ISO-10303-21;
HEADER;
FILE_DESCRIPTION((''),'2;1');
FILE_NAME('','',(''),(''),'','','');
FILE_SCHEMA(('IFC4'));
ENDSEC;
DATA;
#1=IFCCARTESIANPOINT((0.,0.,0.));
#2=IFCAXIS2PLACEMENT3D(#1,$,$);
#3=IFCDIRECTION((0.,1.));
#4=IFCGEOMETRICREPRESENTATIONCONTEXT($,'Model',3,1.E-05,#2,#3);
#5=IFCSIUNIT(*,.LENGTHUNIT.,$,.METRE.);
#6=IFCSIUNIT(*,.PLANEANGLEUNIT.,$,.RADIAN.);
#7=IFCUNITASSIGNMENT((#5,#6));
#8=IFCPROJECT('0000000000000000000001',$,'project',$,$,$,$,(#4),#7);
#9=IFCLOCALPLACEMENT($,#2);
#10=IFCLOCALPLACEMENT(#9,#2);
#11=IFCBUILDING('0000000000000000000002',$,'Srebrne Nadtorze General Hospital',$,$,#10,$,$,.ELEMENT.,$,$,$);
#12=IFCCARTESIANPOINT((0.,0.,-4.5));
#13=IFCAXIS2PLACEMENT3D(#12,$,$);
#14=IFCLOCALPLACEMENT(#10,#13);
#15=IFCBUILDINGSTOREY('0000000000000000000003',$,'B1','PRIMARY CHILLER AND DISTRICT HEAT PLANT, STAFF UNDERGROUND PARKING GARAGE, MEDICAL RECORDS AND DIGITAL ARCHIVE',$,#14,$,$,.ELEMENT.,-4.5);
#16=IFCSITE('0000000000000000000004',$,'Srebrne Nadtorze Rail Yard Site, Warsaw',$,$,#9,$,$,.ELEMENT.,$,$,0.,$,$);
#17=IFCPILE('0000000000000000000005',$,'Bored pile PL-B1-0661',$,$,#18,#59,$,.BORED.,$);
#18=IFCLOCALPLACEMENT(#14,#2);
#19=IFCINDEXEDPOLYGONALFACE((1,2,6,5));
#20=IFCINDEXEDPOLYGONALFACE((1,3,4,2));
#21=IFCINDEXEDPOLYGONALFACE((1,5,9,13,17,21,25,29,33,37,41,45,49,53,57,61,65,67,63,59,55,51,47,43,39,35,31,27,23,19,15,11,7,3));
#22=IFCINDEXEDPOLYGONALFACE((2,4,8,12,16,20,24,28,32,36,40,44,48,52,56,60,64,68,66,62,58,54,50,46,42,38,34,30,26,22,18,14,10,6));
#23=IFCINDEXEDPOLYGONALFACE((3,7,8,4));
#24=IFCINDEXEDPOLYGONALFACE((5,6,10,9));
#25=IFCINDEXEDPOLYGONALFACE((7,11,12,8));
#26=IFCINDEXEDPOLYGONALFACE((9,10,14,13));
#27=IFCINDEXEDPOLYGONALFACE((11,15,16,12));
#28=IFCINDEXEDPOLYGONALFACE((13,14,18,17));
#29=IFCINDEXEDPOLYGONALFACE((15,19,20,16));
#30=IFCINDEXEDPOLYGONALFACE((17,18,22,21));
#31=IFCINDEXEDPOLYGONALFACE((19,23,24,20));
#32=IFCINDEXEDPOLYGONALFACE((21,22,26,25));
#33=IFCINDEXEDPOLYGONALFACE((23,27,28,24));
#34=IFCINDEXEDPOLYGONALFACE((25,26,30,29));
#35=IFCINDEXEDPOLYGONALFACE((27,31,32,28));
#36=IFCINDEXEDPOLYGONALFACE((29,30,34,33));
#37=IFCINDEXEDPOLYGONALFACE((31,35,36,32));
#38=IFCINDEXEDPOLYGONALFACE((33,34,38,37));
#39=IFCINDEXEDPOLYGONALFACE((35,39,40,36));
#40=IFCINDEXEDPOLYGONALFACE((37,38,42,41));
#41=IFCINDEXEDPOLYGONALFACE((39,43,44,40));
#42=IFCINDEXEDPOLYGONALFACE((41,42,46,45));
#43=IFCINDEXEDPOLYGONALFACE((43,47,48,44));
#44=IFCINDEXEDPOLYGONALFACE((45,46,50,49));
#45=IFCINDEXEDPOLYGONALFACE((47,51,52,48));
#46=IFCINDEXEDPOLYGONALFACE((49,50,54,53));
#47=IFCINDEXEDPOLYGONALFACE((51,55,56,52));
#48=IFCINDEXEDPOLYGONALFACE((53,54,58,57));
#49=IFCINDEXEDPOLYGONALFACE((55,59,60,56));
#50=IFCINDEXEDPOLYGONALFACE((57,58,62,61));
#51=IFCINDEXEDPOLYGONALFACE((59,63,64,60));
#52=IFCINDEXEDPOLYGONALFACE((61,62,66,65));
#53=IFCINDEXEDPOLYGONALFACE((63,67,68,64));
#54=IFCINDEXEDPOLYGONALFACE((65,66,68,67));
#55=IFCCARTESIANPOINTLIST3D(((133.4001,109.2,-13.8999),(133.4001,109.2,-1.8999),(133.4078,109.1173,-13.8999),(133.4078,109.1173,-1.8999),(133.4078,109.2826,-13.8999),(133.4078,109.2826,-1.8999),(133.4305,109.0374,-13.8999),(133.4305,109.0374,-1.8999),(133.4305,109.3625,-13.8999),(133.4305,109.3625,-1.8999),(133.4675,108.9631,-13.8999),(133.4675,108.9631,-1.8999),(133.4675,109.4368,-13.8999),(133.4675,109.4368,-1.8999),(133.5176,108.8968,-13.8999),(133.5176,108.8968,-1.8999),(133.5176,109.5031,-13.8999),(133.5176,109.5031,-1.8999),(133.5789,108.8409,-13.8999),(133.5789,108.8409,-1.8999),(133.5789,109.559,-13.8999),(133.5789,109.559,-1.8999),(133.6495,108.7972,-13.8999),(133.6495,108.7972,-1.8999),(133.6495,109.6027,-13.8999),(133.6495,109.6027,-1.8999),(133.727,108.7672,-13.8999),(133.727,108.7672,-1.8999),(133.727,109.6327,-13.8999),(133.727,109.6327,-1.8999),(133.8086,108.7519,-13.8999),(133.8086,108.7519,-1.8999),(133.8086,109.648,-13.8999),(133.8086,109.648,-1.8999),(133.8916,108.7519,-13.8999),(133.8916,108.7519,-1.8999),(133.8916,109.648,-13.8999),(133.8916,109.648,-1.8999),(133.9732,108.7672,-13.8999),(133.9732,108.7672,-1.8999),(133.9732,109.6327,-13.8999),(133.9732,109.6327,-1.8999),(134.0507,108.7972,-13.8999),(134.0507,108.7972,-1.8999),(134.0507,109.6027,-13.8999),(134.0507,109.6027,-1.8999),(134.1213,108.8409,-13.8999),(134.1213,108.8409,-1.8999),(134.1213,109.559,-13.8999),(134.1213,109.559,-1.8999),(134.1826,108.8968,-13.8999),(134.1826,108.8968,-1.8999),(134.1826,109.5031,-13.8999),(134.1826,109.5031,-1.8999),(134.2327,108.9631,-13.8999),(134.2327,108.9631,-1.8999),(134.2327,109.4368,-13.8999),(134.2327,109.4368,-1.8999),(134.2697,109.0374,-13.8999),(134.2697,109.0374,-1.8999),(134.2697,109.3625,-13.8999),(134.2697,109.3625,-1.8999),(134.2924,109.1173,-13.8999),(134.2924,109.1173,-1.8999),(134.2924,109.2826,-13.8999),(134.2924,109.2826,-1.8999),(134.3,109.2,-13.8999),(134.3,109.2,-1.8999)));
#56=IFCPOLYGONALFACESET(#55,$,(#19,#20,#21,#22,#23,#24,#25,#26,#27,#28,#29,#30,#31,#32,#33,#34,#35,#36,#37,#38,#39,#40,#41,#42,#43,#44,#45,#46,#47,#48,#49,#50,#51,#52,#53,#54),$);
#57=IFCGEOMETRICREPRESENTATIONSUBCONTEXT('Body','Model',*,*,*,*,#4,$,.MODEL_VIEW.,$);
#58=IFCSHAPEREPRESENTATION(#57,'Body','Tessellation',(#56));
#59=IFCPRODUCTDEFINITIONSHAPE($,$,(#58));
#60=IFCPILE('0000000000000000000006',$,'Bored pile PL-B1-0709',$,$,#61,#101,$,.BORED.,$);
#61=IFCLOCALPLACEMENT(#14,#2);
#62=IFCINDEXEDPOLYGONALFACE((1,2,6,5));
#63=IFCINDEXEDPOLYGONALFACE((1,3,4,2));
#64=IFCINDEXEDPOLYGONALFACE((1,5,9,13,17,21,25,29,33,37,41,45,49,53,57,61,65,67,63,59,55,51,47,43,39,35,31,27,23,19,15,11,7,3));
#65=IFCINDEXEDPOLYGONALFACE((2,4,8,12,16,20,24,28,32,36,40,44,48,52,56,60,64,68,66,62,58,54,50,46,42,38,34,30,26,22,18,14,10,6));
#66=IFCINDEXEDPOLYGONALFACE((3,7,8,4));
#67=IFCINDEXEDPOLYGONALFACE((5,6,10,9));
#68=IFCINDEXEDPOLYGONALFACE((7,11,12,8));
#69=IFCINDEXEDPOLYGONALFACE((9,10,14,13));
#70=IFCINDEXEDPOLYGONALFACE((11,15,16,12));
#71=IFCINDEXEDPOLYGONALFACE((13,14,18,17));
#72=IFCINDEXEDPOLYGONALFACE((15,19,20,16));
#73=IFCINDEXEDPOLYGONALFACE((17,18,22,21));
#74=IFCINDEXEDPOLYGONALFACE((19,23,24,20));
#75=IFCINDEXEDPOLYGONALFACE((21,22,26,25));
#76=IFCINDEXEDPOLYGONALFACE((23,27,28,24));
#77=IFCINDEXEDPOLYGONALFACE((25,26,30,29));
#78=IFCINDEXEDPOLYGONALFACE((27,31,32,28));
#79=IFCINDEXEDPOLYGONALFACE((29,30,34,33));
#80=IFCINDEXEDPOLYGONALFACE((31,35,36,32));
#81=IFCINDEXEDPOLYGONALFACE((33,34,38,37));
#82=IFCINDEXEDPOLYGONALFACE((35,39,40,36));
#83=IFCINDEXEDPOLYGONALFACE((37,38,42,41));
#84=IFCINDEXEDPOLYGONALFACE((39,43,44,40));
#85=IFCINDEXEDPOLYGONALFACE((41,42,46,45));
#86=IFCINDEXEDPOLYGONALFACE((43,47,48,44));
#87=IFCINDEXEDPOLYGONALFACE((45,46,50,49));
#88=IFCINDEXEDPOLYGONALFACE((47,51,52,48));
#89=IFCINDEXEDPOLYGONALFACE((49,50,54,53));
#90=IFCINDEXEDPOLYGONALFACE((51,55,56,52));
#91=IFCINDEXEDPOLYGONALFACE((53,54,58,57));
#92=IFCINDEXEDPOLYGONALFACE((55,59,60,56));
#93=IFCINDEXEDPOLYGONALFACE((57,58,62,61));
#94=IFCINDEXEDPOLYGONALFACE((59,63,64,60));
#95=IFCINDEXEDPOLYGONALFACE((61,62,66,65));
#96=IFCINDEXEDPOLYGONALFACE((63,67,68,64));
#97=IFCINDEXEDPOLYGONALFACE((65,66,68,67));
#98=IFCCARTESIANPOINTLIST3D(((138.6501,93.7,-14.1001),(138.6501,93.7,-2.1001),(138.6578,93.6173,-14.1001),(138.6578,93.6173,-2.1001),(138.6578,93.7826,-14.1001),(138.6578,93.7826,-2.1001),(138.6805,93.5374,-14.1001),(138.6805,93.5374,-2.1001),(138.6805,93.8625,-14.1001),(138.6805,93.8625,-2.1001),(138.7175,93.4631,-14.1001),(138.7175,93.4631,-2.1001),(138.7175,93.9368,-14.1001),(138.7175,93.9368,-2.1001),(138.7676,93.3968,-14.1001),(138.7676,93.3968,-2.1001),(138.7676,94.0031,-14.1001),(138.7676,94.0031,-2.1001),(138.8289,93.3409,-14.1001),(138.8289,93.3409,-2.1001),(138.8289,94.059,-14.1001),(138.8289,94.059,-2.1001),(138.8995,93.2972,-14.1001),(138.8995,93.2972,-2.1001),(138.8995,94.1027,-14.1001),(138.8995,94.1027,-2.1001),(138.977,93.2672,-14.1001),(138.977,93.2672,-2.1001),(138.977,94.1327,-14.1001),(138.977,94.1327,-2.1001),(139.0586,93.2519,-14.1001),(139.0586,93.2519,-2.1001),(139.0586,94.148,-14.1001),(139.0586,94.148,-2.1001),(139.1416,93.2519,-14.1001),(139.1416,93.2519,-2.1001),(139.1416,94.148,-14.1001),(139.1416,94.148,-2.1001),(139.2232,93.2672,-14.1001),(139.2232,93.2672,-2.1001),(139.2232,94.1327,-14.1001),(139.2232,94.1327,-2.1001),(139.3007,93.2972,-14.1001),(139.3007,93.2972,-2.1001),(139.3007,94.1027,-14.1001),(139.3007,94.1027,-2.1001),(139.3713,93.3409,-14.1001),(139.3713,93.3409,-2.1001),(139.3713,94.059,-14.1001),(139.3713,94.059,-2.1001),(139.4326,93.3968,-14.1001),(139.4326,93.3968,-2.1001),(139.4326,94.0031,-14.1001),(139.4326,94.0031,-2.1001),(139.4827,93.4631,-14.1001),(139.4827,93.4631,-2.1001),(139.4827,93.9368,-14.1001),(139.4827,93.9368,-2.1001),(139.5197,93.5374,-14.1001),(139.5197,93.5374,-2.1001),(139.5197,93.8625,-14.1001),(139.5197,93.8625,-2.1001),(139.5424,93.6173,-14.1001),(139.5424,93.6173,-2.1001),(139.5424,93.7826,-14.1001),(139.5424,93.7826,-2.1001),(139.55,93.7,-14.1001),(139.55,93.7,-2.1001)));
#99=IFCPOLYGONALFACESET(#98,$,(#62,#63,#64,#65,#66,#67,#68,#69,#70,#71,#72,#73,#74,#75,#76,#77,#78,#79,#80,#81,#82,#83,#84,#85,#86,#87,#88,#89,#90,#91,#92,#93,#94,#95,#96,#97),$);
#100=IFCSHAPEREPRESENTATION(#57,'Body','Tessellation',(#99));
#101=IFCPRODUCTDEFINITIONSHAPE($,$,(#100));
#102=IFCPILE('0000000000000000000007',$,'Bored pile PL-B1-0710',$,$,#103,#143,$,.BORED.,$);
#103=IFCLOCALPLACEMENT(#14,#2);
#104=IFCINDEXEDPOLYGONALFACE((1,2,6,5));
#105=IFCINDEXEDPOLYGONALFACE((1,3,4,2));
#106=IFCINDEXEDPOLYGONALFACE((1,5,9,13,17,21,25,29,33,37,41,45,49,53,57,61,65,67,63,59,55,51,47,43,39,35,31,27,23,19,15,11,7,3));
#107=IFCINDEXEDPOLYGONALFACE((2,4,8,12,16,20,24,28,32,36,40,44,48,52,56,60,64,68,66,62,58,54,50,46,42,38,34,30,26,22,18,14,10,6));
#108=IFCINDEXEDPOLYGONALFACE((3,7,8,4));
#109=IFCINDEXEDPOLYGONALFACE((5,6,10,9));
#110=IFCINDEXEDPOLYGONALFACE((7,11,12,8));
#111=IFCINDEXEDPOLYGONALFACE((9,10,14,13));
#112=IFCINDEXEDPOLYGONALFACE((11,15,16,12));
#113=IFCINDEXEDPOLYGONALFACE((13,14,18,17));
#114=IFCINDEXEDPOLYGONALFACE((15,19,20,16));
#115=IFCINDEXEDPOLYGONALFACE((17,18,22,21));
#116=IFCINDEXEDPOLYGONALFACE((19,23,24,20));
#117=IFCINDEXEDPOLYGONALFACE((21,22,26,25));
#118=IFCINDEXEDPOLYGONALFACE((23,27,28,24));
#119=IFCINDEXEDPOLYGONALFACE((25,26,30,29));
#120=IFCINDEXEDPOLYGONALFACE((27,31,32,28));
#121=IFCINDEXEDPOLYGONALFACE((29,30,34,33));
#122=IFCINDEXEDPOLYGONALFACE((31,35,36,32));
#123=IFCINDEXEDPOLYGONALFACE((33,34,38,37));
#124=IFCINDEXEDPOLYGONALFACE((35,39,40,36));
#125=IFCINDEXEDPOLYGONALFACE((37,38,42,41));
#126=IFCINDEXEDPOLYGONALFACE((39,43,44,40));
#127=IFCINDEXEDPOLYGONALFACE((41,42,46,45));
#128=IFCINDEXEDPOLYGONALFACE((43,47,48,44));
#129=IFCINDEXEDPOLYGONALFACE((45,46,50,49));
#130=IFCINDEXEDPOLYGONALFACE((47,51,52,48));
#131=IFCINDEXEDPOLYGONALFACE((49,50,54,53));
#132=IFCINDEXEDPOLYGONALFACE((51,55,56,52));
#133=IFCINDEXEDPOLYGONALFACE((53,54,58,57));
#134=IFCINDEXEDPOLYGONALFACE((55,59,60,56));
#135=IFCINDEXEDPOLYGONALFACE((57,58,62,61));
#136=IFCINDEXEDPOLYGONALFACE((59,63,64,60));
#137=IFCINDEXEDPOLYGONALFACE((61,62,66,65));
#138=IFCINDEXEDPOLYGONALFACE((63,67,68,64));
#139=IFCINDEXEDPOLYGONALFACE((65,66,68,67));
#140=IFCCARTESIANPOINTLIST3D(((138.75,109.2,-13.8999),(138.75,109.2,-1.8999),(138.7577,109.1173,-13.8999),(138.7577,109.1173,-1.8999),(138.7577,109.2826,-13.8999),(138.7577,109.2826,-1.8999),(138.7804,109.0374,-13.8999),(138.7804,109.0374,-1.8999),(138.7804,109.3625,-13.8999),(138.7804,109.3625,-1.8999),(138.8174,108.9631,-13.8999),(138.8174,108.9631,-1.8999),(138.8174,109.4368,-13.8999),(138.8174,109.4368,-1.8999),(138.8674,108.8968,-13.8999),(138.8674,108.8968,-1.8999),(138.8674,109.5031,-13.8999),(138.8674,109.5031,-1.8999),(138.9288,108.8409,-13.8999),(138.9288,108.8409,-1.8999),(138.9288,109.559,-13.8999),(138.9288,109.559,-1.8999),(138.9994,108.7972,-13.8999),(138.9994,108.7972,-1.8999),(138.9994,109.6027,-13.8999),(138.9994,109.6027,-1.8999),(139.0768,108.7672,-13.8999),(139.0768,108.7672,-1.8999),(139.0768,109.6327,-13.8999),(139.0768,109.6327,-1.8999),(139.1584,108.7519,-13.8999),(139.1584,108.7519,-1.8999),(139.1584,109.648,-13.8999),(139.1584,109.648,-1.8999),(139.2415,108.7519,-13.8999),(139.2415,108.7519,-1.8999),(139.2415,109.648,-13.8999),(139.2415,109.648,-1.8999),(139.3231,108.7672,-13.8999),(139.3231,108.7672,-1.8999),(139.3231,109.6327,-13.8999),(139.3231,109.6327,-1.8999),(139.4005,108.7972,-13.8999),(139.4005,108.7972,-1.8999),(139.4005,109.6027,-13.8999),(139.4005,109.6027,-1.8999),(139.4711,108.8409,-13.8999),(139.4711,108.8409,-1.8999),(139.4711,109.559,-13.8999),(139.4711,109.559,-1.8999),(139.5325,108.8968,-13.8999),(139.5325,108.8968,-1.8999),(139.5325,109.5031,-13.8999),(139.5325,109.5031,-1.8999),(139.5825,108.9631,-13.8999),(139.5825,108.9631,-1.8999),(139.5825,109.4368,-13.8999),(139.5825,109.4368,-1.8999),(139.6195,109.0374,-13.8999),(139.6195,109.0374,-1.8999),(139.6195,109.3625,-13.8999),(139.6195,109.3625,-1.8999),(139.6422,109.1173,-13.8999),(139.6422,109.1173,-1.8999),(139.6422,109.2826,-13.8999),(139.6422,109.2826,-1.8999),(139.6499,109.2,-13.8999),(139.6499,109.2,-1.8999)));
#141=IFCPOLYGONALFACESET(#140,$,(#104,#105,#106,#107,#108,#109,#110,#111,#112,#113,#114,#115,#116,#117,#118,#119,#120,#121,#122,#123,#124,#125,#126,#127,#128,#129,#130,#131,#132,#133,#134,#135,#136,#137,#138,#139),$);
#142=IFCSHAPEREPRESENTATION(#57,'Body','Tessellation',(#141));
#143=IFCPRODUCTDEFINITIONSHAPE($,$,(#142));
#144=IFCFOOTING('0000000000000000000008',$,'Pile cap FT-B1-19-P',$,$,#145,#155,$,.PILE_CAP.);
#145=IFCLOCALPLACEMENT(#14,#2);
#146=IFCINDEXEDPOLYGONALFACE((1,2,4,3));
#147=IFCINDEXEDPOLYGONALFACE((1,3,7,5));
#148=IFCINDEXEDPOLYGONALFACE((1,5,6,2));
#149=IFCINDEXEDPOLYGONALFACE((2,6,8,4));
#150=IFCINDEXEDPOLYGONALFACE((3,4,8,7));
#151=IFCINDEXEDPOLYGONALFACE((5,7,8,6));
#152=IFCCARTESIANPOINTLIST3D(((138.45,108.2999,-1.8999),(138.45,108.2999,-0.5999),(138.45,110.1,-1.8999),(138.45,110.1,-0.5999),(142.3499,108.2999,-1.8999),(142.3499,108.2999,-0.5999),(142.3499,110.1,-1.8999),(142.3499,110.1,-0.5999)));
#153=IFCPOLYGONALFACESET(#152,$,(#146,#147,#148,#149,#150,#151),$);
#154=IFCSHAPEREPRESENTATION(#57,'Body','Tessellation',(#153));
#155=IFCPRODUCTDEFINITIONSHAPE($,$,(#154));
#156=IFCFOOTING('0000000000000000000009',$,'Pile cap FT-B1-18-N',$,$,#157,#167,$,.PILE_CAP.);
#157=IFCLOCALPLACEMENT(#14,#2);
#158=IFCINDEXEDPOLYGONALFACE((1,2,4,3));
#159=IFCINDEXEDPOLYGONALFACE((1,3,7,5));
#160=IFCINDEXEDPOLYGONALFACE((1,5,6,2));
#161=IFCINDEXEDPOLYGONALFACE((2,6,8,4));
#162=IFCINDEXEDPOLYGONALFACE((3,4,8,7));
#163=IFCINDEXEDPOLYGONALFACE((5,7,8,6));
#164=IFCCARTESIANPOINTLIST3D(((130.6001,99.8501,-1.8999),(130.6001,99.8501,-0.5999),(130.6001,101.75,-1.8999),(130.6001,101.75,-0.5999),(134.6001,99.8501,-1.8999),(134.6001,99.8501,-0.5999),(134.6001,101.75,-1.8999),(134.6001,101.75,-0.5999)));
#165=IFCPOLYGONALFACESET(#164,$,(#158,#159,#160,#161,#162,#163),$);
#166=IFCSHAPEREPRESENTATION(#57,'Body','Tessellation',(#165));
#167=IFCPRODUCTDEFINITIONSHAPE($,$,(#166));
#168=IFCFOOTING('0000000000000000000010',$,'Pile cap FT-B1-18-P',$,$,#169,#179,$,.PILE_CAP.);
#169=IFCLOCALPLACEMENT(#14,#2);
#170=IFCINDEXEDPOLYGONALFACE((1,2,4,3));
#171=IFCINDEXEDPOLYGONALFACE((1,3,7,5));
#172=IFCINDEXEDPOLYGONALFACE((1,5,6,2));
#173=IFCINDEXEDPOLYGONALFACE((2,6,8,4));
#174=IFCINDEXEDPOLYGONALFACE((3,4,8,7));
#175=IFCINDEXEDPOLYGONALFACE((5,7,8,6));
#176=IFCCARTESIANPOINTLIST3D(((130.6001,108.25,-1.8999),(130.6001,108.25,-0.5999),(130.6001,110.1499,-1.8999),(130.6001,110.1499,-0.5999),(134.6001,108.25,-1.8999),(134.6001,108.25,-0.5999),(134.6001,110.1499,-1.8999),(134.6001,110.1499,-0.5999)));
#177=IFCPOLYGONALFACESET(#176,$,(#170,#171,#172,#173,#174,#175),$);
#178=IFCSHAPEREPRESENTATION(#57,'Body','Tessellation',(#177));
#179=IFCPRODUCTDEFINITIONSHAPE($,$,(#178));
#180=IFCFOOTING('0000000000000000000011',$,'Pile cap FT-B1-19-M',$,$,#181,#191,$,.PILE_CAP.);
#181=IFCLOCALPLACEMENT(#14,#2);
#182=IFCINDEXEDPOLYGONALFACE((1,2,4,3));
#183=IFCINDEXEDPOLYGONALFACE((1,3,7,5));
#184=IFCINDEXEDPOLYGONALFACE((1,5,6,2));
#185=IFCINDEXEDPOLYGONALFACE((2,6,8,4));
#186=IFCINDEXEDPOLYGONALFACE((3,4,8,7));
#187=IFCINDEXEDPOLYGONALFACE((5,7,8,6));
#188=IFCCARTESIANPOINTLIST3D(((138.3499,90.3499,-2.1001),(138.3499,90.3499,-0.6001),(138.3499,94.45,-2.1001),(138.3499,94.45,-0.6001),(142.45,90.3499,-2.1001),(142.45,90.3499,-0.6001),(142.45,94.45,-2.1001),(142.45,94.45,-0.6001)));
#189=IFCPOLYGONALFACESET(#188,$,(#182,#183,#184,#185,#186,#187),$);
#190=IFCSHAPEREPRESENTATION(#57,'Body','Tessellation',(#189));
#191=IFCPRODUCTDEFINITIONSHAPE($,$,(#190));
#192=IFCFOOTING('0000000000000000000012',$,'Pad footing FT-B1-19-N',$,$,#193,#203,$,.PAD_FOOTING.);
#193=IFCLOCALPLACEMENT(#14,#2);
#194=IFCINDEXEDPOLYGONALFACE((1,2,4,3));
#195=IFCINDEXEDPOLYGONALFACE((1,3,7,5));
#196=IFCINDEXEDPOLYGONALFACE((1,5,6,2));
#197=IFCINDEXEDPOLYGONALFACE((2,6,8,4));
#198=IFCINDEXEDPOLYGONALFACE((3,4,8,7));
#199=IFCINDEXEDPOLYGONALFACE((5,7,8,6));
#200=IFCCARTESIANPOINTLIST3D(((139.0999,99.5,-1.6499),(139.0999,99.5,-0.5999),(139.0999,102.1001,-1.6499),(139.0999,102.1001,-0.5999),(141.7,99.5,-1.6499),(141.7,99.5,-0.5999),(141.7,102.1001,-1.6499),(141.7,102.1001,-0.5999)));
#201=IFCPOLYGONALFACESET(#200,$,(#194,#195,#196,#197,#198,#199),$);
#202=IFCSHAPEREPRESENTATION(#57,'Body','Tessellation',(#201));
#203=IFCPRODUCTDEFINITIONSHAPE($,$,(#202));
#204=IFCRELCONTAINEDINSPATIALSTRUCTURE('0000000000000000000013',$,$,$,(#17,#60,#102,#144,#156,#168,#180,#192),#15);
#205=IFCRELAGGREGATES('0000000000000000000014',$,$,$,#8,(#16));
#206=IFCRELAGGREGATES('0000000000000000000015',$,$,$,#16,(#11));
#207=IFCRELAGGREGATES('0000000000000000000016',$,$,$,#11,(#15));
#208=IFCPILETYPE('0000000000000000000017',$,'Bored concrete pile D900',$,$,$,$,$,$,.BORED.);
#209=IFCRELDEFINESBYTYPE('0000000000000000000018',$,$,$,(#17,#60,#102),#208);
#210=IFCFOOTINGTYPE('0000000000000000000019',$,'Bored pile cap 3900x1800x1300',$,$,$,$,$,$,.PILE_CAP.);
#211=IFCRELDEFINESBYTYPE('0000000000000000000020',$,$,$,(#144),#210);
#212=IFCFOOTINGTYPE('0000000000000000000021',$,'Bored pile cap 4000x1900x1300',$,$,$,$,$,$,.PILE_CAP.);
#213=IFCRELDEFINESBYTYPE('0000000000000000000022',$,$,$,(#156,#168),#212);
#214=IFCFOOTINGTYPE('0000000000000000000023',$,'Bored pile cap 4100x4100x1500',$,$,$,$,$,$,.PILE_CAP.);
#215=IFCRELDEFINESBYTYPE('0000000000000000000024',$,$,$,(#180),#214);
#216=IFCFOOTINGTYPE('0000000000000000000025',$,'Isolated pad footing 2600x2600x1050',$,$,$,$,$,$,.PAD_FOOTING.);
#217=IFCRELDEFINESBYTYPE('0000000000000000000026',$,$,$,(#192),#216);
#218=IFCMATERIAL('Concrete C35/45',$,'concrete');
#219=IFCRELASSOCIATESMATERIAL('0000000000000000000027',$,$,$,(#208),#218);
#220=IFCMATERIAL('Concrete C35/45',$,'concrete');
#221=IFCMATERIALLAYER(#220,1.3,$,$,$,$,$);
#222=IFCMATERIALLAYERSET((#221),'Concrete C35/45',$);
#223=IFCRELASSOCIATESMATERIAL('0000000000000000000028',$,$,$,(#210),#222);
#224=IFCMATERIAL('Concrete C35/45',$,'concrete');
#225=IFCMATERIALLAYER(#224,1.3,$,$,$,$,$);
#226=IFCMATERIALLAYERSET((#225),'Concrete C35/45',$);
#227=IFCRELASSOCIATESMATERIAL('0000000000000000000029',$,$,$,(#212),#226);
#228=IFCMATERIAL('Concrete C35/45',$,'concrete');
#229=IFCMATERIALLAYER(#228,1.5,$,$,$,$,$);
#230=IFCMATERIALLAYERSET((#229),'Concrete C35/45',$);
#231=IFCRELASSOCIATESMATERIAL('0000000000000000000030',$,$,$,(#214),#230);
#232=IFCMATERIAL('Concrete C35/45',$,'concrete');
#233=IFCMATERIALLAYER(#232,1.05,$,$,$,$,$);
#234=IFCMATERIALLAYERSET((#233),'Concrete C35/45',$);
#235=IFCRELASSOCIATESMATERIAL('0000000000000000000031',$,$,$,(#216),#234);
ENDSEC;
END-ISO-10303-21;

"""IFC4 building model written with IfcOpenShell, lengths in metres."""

from ifc_helpers import new_model, si_unit, direction, frame, origin, origin_2d, place, context, subcontext, project, spatial, rectangle, circle, extrude, material, layer, layer_set, material_profile, profile_set, type_object, element, save


model = new_model("IFC4")

# Units and contexts
model_context = context("Model", 3, precision=1e-05, world=origin(), true_north=direction((0.0, 1.0)))
body_context = subcontext(model_context, "Body", "Model", "MODEL_VIEW")
ifc_project = project(units=[si_unit("LENGTHUNIT", "METRE"), si_unit("PLANEANGLEUNIT", "RADIAN")], contexts=[model_context])

# Site, building, storey
site_placement = place(None, origin())
site = spatial("IfcSite", under=ifc_project, at=site_placement, Name="Srebrne Nadtorze Rail Yard Site, Warsaw", CompositionType="ELEMENT", RefElevation=0.0)
building_placement = place(site_placement, origin())
building = spatial("IfcBuilding", under=site, at=building_placement, Name="Srebrne Nadtorze General Hospital", CompositionType="ELEMENT")
storey_placement = place(building_placement, frame((0.0, 0.0, -4.5)))
storey = spatial("IfcBuildingStorey", under=building, at=storey_placement, Name="B1", Description="PRIMARY CHILLER AND DISTRICT HEAT PLANT, STAFF UNDERGROUND PARKING GARAGE, MEDICAL RECORDS AND DIGITAL ARCHIVE", CompositionType="ELEMENT", Elevation=-4.5)

# Piles
ifc_material_1 = material(Name="Concrete C35/45", Category="concrete")
ifc_material_profile_1 = material_profile(ifc_material_1, circle(Radius=0.45, at=origin_2d()), Name="PILE-D900")
ifc_profile_set_1 = profile_set([ifc_material_profile_1], Name="Concrete C35/45")
pile_type_1 = type_object("IfcPileType", Name="Bored concrete pile D900", PredefinedType="BORED", material=ifc_profile_set_1)
for number, where, z_axis, x_axis, name in (
    (1, (133.8501, 109.2, -1.8999), (0.0, 0.0, -1.0), (1.0, 0.0, 0.0), "Bored pile PL-B1-0661"),
    (2, (139.1001, 93.7, -2.1001), (0.0, 0.0, -1.0), (1.0, 0.0, 0.0), "Bored pile PL-B1-0709"),
    (3, (139.2, 109.2, -1.8999), (0.0, 0.0, -1.0), (1.0, 0.0, 0.0), "Bored pile PL-B1-0710"),
):
    element("IfcPile", number, at=place(storey_placement, frame(where, z_axis=z_axis, x_axis=x_axis)), inside=storey, type_object=pile_type_1, Name=name, PredefinedType="BORED", context=body_context, shape_type="SweptSolid", body=[
        extrude(circle(Radius=0.45, at=origin_2d()), origin(), (0.0, 0.0, 1.0), 12.0),
    ])

# Footings
ifc_material_2 = material(Name="Concrete C35/45", Category="concrete")
ifc_layer_1 = layer(ifc_material_2, 1.3)
ifc_layer_set_1 = layer_set([ifc_layer_1], Name="Concrete C35/45")
footing_type_1 = type_object("IfcFootingType", Name="Bored pile cap 3900x1800x1300", PredefinedType="PILE_CAP", material=ifc_layer_set_1)
footing_1_placement = place(storey_placement, frame((140.3999, 109.2, -1.8999), z_axis=(0.0, 0.0, 1.0), x_axis=(1.0, 0.0, 0.0)))
element("IfcFooting", 4, at=footing_1_placement, inside=storey, type_object=footing_type_1, Name="Pile cap FT-B1-19-P", PredefinedType="PILE_CAP", context=body_context, shape_type="SweptSolid", body=[
    extrude(rectangle(XDim=3.8999, YDim=1.8, at=origin_2d()), origin(), (0.0, 0.0, 1.0), 1.3),
])
ifc_material_3 = material(Name="Concrete C35/45", Category="concrete")
ifc_layer_2 = layer(ifc_material_3, 1.3)
ifc_layer_set_2 = layer_set([ifc_layer_2], Name="Concrete C35/45")
footing_type_2 = type_object("IfcFootingType", Name="Bored pile cap 4000x1900x1300", PredefinedType="PILE_CAP", material=ifc_layer_set_2)
for number, where, z_axis, x_axis, name in (
    (5, (132.6001, 100.8, -1.8999), (0.0, 0.0, 1.0), (1.0, 0.0, 0.0), "Pile cap FT-B1-18-N"),
    (6, (132.6001, 109.2, -1.8999), (0.0, 0.0, 1.0), (1.0, 0.0, 0.0), "Pile cap FT-B1-18-P"),
):
    element("IfcFooting", number, at=place(storey_placement, frame(where, z_axis=z_axis, x_axis=x_axis)), inside=storey, type_object=footing_type_2, Name=name, PredefinedType="PILE_CAP", context=body_context, shape_type="SweptSolid", body=[
        extrude(rectangle(XDim=4.0, YDim=1.8999, at=origin_2d()), origin(), (0.0, 0.0, 1.0), 1.3),
    ])
ifc_material_4 = material(Name="Concrete C35/45", Category="concrete")
ifc_layer_3 = layer(ifc_material_4, 1.5)
ifc_layer_set_3 = layer_set([ifc_layer_3], Name="Concrete C35/45")
footing_type_3 = type_object("IfcFootingType", Name="Bored pile cap 4100x4100x1500", PredefinedType="PILE_CAP", material=ifc_layer_set_3)
footing_2_placement = place(storey_placement, frame((140.3999, 92.3999, -2.1001), z_axis=(0.0, 0.0, 1.0), x_axis=(1.0, 0.0, 0.0)))
element("IfcFooting", 7, at=footing_2_placement, inside=storey, type_object=footing_type_3, Name="Pile cap FT-B1-19-M", PredefinedType="PILE_CAP", context=body_context, shape_type="SweptSolid", body=[
    extrude(rectangle(XDim=4.1001, YDim=4.1001, at=origin_2d()), origin(), (0.0, 0.0, 1.0), 1.5),
])
ifc_material_5 = material(Name="Concrete C35/45", Category="concrete")
ifc_layer_4 = layer(ifc_material_5, 1.05)
ifc_layer_set_4 = layer_set([ifc_layer_4], Name="Concrete C35/45")
footing_type_4 = type_object("IfcFootingType", Name="Isolated pad footing 2600x2600x1050", PredefinedType="PAD_FOOTING", material=ifc_layer_set_4)
footing_3_placement = place(storey_placement, frame((140.3999, 100.8, -1.6499), z_axis=(0.0, 0.0, 1.0), x_axis=(1.0, 0.0, 0.0)))
element("IfcFooting", 8, at=footing_3_placement, inside=storey, type_object=footing_type_4, Name="Pad footing FT-B1-19-N", PredefinedType="PAD_FOOTING", context=body_context, shape_type="SweptSolid", body=[
    extrude(rectangle(XDim=2.6001, YDim=2.6001, at=origin_2d()), origin(), (0.0, 0.0, 1.0), 1.05),
])

save(model, "model.ifc")
